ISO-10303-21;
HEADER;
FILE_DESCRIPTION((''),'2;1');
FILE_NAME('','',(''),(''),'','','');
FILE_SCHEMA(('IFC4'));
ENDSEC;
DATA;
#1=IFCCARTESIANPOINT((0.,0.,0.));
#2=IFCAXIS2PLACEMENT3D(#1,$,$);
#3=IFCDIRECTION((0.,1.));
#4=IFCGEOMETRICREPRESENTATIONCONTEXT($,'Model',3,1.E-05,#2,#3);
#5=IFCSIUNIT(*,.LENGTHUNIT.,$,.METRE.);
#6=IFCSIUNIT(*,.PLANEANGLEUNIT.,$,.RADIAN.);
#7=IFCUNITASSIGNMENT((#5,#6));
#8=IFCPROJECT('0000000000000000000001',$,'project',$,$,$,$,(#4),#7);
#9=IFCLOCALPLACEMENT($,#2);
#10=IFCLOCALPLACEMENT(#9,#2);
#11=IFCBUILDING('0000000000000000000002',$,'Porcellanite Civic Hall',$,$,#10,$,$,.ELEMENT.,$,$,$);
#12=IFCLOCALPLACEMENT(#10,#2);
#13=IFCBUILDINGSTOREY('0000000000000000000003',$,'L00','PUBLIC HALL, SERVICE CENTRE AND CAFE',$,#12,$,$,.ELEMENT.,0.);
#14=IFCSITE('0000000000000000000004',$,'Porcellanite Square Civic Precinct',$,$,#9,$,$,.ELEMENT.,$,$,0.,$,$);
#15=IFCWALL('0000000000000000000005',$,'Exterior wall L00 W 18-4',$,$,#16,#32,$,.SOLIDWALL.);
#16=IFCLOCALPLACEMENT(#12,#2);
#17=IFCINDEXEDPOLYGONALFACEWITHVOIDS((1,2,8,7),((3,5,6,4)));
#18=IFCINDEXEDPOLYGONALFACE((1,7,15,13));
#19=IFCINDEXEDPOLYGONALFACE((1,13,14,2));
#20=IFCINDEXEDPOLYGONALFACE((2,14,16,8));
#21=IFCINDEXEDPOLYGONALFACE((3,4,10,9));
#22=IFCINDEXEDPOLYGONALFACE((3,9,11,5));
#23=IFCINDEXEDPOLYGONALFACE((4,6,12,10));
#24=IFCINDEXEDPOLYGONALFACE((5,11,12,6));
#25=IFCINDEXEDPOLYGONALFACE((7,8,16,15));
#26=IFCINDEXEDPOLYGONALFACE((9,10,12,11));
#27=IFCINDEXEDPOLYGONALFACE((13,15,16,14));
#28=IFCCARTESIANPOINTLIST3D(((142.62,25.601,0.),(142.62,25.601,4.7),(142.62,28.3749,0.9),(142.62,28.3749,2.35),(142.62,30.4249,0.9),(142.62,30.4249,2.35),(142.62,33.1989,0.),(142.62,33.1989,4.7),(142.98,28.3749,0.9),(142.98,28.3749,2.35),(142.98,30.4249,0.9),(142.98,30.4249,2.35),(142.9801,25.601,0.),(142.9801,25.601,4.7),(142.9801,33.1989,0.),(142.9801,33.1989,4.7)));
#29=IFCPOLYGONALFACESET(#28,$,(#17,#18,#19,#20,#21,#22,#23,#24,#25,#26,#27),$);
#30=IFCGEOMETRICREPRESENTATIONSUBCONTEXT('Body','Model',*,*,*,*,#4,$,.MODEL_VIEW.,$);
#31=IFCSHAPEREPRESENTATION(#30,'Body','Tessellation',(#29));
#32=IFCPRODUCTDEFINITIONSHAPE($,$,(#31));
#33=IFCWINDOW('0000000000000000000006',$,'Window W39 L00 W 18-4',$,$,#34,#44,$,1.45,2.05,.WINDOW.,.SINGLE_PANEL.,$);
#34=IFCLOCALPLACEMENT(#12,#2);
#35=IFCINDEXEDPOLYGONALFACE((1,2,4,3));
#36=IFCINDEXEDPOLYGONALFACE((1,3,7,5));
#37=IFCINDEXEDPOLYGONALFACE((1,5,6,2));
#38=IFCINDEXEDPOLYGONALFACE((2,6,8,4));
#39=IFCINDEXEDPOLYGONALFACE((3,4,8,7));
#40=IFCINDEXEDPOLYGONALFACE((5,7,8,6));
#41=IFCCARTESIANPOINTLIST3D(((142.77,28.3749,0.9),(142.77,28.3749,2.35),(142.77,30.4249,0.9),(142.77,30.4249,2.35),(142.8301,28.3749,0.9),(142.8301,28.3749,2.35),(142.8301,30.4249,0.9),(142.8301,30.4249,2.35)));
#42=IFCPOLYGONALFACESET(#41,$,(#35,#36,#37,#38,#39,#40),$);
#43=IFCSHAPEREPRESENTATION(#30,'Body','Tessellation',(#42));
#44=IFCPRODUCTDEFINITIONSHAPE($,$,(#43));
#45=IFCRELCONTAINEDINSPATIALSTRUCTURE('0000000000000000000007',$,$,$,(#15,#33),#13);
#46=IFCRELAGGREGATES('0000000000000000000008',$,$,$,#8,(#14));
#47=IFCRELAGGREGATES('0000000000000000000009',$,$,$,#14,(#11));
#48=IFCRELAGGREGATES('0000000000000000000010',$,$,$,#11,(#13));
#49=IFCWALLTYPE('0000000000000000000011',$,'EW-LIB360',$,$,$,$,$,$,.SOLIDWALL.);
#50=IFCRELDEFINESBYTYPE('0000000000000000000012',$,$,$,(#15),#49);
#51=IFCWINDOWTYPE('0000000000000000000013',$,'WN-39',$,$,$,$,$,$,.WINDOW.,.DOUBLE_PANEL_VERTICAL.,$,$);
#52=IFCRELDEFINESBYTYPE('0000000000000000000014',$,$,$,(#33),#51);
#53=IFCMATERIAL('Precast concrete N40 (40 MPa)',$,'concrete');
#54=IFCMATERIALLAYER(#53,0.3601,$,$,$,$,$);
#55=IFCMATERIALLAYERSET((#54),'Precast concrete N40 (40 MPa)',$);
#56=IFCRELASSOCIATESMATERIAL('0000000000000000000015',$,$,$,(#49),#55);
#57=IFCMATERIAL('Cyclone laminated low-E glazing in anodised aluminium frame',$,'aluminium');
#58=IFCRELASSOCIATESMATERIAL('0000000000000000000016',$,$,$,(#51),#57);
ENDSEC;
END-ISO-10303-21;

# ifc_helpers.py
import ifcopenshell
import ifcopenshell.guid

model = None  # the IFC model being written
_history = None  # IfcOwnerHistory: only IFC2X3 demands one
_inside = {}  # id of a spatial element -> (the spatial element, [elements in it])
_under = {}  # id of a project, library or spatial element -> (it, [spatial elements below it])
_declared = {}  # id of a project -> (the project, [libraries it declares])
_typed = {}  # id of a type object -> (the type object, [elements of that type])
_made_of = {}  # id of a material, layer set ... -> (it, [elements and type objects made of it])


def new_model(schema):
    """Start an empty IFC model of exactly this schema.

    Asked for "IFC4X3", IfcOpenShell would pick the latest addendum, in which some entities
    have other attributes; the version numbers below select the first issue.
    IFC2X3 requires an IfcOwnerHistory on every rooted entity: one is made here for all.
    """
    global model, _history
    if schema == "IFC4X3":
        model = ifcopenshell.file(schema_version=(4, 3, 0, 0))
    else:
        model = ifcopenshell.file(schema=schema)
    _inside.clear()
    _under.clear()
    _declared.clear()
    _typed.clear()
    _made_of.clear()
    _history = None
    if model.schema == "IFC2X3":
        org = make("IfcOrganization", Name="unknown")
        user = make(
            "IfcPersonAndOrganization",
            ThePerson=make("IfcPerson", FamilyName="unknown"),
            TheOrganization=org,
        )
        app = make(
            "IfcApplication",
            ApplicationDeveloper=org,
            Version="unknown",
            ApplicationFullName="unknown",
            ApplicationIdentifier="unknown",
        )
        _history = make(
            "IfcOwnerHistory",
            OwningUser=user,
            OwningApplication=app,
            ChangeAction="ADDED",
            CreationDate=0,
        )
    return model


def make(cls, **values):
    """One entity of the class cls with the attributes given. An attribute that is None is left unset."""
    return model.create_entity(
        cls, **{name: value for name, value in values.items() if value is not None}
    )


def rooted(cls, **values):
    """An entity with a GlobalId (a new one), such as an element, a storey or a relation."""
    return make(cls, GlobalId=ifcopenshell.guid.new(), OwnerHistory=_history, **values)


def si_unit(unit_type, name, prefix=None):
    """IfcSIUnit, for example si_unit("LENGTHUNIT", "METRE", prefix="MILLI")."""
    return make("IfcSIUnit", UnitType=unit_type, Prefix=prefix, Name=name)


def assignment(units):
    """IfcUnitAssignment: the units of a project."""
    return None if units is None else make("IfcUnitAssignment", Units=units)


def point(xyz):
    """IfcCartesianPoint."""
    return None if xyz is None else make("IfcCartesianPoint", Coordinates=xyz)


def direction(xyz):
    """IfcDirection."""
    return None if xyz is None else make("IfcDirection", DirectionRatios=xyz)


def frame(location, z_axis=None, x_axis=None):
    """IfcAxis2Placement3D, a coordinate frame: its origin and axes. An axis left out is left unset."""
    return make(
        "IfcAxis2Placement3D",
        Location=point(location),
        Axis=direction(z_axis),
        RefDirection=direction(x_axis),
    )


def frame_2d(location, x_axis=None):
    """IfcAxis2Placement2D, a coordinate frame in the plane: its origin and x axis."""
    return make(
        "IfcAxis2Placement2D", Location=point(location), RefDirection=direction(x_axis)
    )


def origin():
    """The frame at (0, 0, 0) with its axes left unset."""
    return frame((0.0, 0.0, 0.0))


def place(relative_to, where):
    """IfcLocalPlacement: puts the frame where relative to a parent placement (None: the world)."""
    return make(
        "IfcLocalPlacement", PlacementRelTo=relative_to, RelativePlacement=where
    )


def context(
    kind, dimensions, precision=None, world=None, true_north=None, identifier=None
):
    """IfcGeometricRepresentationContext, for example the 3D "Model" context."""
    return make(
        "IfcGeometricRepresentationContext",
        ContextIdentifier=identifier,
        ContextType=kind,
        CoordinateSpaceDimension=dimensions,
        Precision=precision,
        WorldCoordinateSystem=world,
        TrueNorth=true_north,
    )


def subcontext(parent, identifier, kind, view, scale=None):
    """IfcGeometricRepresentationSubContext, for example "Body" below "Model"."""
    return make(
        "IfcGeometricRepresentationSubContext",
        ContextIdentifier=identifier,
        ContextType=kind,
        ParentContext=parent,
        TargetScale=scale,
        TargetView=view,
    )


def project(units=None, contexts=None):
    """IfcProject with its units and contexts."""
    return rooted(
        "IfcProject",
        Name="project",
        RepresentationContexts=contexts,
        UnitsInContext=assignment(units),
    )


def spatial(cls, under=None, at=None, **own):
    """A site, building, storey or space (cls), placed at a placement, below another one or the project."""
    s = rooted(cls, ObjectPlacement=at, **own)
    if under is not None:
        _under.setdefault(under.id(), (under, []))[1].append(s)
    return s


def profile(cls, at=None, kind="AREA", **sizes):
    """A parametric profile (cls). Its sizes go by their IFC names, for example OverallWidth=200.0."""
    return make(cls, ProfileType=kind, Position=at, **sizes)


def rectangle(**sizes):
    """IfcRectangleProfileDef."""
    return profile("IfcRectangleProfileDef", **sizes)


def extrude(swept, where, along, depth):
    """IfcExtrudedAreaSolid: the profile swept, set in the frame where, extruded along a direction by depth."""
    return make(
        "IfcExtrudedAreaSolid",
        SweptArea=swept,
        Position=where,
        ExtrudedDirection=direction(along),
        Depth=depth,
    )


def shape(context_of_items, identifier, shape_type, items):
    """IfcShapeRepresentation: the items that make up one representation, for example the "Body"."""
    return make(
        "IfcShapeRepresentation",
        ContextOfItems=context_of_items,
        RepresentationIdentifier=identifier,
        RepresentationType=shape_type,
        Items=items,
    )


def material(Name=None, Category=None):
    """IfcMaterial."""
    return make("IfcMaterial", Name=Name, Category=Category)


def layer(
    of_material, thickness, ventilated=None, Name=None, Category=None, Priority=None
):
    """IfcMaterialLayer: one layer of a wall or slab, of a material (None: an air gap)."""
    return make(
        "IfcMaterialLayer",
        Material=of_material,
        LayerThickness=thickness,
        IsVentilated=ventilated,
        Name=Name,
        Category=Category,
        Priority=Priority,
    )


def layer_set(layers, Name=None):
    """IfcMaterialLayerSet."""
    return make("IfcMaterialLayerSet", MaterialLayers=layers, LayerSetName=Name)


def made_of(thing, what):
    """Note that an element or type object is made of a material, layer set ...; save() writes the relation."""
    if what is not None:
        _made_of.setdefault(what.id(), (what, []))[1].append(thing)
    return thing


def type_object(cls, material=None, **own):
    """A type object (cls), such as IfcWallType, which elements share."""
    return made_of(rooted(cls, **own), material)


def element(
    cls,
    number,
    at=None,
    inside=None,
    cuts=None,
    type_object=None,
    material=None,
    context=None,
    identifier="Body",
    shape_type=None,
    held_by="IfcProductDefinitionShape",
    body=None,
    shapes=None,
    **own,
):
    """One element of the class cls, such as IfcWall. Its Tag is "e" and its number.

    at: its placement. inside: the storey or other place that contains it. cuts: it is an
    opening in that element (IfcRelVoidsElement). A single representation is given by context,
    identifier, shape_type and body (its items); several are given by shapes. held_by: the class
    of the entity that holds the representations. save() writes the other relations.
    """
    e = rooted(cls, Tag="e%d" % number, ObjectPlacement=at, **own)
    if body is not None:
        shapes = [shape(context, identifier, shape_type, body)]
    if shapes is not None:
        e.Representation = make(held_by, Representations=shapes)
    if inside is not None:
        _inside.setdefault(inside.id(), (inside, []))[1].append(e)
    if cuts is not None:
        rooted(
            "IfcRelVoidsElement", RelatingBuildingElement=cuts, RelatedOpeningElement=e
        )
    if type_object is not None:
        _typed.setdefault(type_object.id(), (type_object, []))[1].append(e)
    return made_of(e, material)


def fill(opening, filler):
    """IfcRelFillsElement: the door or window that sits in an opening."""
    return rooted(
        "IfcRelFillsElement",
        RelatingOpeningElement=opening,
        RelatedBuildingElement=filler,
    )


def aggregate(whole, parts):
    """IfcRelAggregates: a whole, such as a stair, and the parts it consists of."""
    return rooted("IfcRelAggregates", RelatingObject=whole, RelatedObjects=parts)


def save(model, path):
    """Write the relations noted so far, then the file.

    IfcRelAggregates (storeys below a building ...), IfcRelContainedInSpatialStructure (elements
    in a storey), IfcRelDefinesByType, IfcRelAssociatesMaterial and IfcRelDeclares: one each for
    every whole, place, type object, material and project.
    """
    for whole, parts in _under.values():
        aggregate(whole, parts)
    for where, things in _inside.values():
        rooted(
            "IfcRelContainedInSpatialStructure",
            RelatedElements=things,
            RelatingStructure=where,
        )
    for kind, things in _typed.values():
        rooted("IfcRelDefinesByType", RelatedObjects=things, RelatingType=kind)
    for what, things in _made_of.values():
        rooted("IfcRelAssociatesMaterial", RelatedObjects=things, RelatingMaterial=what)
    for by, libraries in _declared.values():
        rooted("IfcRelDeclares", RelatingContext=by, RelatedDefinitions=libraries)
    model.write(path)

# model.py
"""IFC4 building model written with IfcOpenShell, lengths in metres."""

from ifc_helpers import new_model, si_unit, direction, frame, frame_2d, origin, place, context, subcontext, project, spatial, rectangle, extrude, material, layer, layer_set, type_object, element, fill, save


model = new_model("IFC4")

# Units and contexts
model_context = context("Model", 3, precision=1e-05, world=origin(), true_north=direction((0.0, 1.0)))
body_context = subcontext(model_context, "Body", "Model", "MODEL_VIEW")
ifc_project = project(units=[si_unit("LENGTHUNIT", "METRE"), si_unit("PLANEANGLEUNIT", "RADIAN")], contexts=[model_context])

# Site, building, storey
site_placement = place(None, origin())
site = spatial("IfcSite", under=ifc_project, at=site_placement, Name="Porcellanite Square Civic Precinct", CompositionType="ELEMENT", RefElevation=0.0)
building_placement = place(site_placement, origin())
building = spatial("IfcBuilding", under=site, at=building_placement, Name="Porcellanite Civic Hall", CompositionType="ELEMENT")
storey_placement = place(building_placement, origin())
storey = spatial("IfcBuildingStorey", under=building, at=storey_placement, Name="L00", Description="PUBLIC HALL, SERVICE CENTRE AND CAFE", CompositionType="ELEMENT", Elevation=0.0)

# Wall, opening, window
ifc_material_1 = material(Name="Precast concrete N40 (40 MPa)", Category="concrete")
ifc_layer_1 = layer(ifc_material_1, 0.3601)
ifc_layer_set_1 = layer_set([ifc_layer_1], Name="Precast concrete N40 (40 MPa)")
wall_type = type_object("IfcWallType", Name="EW-LIB360", PredefinedType="SOLIDWALL", material=ifc_layer_set_1)
wall_1_placement = place(storey_placement, frame((142.8, 25.6011, 0.0), z_axis=(0.0, 0.0, 1.0), x_axis=(0.0, 1.0, 0.0)))
wall_1 = element("IfcWall", 1, at=wall_1_placement, inside=storey, type_object=wall_type, Name="Exterior wall L00 W 18-4", PredefinedType="SOLIDWALL", context=body_context, shape_type="SweptSolid", body=[
    extrude(rectangle(XDim=7.5979, YDim=0.3601, at=frame_2d((3.7988, 0.0))), origin(), (0.0, 0.0, 1.0), 4.7),
])
opening_1_placement = place(wall_1_placement, frame((2.7739, 0.0, 0.8999)))
opening_1 = element("IfcOpeningElement", 2, at=opening_1_placement, cuts=wall_1, PredefinedType="OPENING", context=body_context, shape_type="SweptSolid", body=[
    extrude(rectangle(XDim=2.05, YDim=1.45, at=frame_2d((1.0249, 0.7251))), frame((0.0, 0.1802, 0.0), z_axis=(0.0, -1.0, 0.0), x_axis=(1.0, 0.0, 0.0)), (0.0, 0.0, 1.0), 0.3601),
])
ifc_material_2 = material(Name="Cyclone laminated low-E glazing in anodised aluminium frame", Category="aluminium")
window_type_1 = type_object("IfcWindowType", Name="WN-39", PartitioningType="DOUBLE_PANEL_VERTICAL", PredefinedType="WINDOW", material=ifc_material_2)
window_1_placement = place(opening_1_placement, origin())
window_1 = element("IfcWindow", 3, at=window_1_placement, inside=storey, type_object=window_type_1, Name="Window W39 L00 W 18-4", OverallHeight=1.45, OverallWidth=2.05, PartitioningType="SINGLE_PANEL", PredefinedType="WINDOW", context=body_context, shape_type="SweptSolid", body=[
    extrude(rectangle(XDim=2.05, YDim=1.45, at=frame_2d((1.0249, 0.7251))), frame((0.0, 0.03, 0.0), z_axis=(0.0, -1.0, 0.0), x_axis=(1.0, 0.0, 0.0)), (0.0, 0.0, 1.0), 0.0601),
])
fill(opening_1, window_1)

save(model, "model.ifc")
